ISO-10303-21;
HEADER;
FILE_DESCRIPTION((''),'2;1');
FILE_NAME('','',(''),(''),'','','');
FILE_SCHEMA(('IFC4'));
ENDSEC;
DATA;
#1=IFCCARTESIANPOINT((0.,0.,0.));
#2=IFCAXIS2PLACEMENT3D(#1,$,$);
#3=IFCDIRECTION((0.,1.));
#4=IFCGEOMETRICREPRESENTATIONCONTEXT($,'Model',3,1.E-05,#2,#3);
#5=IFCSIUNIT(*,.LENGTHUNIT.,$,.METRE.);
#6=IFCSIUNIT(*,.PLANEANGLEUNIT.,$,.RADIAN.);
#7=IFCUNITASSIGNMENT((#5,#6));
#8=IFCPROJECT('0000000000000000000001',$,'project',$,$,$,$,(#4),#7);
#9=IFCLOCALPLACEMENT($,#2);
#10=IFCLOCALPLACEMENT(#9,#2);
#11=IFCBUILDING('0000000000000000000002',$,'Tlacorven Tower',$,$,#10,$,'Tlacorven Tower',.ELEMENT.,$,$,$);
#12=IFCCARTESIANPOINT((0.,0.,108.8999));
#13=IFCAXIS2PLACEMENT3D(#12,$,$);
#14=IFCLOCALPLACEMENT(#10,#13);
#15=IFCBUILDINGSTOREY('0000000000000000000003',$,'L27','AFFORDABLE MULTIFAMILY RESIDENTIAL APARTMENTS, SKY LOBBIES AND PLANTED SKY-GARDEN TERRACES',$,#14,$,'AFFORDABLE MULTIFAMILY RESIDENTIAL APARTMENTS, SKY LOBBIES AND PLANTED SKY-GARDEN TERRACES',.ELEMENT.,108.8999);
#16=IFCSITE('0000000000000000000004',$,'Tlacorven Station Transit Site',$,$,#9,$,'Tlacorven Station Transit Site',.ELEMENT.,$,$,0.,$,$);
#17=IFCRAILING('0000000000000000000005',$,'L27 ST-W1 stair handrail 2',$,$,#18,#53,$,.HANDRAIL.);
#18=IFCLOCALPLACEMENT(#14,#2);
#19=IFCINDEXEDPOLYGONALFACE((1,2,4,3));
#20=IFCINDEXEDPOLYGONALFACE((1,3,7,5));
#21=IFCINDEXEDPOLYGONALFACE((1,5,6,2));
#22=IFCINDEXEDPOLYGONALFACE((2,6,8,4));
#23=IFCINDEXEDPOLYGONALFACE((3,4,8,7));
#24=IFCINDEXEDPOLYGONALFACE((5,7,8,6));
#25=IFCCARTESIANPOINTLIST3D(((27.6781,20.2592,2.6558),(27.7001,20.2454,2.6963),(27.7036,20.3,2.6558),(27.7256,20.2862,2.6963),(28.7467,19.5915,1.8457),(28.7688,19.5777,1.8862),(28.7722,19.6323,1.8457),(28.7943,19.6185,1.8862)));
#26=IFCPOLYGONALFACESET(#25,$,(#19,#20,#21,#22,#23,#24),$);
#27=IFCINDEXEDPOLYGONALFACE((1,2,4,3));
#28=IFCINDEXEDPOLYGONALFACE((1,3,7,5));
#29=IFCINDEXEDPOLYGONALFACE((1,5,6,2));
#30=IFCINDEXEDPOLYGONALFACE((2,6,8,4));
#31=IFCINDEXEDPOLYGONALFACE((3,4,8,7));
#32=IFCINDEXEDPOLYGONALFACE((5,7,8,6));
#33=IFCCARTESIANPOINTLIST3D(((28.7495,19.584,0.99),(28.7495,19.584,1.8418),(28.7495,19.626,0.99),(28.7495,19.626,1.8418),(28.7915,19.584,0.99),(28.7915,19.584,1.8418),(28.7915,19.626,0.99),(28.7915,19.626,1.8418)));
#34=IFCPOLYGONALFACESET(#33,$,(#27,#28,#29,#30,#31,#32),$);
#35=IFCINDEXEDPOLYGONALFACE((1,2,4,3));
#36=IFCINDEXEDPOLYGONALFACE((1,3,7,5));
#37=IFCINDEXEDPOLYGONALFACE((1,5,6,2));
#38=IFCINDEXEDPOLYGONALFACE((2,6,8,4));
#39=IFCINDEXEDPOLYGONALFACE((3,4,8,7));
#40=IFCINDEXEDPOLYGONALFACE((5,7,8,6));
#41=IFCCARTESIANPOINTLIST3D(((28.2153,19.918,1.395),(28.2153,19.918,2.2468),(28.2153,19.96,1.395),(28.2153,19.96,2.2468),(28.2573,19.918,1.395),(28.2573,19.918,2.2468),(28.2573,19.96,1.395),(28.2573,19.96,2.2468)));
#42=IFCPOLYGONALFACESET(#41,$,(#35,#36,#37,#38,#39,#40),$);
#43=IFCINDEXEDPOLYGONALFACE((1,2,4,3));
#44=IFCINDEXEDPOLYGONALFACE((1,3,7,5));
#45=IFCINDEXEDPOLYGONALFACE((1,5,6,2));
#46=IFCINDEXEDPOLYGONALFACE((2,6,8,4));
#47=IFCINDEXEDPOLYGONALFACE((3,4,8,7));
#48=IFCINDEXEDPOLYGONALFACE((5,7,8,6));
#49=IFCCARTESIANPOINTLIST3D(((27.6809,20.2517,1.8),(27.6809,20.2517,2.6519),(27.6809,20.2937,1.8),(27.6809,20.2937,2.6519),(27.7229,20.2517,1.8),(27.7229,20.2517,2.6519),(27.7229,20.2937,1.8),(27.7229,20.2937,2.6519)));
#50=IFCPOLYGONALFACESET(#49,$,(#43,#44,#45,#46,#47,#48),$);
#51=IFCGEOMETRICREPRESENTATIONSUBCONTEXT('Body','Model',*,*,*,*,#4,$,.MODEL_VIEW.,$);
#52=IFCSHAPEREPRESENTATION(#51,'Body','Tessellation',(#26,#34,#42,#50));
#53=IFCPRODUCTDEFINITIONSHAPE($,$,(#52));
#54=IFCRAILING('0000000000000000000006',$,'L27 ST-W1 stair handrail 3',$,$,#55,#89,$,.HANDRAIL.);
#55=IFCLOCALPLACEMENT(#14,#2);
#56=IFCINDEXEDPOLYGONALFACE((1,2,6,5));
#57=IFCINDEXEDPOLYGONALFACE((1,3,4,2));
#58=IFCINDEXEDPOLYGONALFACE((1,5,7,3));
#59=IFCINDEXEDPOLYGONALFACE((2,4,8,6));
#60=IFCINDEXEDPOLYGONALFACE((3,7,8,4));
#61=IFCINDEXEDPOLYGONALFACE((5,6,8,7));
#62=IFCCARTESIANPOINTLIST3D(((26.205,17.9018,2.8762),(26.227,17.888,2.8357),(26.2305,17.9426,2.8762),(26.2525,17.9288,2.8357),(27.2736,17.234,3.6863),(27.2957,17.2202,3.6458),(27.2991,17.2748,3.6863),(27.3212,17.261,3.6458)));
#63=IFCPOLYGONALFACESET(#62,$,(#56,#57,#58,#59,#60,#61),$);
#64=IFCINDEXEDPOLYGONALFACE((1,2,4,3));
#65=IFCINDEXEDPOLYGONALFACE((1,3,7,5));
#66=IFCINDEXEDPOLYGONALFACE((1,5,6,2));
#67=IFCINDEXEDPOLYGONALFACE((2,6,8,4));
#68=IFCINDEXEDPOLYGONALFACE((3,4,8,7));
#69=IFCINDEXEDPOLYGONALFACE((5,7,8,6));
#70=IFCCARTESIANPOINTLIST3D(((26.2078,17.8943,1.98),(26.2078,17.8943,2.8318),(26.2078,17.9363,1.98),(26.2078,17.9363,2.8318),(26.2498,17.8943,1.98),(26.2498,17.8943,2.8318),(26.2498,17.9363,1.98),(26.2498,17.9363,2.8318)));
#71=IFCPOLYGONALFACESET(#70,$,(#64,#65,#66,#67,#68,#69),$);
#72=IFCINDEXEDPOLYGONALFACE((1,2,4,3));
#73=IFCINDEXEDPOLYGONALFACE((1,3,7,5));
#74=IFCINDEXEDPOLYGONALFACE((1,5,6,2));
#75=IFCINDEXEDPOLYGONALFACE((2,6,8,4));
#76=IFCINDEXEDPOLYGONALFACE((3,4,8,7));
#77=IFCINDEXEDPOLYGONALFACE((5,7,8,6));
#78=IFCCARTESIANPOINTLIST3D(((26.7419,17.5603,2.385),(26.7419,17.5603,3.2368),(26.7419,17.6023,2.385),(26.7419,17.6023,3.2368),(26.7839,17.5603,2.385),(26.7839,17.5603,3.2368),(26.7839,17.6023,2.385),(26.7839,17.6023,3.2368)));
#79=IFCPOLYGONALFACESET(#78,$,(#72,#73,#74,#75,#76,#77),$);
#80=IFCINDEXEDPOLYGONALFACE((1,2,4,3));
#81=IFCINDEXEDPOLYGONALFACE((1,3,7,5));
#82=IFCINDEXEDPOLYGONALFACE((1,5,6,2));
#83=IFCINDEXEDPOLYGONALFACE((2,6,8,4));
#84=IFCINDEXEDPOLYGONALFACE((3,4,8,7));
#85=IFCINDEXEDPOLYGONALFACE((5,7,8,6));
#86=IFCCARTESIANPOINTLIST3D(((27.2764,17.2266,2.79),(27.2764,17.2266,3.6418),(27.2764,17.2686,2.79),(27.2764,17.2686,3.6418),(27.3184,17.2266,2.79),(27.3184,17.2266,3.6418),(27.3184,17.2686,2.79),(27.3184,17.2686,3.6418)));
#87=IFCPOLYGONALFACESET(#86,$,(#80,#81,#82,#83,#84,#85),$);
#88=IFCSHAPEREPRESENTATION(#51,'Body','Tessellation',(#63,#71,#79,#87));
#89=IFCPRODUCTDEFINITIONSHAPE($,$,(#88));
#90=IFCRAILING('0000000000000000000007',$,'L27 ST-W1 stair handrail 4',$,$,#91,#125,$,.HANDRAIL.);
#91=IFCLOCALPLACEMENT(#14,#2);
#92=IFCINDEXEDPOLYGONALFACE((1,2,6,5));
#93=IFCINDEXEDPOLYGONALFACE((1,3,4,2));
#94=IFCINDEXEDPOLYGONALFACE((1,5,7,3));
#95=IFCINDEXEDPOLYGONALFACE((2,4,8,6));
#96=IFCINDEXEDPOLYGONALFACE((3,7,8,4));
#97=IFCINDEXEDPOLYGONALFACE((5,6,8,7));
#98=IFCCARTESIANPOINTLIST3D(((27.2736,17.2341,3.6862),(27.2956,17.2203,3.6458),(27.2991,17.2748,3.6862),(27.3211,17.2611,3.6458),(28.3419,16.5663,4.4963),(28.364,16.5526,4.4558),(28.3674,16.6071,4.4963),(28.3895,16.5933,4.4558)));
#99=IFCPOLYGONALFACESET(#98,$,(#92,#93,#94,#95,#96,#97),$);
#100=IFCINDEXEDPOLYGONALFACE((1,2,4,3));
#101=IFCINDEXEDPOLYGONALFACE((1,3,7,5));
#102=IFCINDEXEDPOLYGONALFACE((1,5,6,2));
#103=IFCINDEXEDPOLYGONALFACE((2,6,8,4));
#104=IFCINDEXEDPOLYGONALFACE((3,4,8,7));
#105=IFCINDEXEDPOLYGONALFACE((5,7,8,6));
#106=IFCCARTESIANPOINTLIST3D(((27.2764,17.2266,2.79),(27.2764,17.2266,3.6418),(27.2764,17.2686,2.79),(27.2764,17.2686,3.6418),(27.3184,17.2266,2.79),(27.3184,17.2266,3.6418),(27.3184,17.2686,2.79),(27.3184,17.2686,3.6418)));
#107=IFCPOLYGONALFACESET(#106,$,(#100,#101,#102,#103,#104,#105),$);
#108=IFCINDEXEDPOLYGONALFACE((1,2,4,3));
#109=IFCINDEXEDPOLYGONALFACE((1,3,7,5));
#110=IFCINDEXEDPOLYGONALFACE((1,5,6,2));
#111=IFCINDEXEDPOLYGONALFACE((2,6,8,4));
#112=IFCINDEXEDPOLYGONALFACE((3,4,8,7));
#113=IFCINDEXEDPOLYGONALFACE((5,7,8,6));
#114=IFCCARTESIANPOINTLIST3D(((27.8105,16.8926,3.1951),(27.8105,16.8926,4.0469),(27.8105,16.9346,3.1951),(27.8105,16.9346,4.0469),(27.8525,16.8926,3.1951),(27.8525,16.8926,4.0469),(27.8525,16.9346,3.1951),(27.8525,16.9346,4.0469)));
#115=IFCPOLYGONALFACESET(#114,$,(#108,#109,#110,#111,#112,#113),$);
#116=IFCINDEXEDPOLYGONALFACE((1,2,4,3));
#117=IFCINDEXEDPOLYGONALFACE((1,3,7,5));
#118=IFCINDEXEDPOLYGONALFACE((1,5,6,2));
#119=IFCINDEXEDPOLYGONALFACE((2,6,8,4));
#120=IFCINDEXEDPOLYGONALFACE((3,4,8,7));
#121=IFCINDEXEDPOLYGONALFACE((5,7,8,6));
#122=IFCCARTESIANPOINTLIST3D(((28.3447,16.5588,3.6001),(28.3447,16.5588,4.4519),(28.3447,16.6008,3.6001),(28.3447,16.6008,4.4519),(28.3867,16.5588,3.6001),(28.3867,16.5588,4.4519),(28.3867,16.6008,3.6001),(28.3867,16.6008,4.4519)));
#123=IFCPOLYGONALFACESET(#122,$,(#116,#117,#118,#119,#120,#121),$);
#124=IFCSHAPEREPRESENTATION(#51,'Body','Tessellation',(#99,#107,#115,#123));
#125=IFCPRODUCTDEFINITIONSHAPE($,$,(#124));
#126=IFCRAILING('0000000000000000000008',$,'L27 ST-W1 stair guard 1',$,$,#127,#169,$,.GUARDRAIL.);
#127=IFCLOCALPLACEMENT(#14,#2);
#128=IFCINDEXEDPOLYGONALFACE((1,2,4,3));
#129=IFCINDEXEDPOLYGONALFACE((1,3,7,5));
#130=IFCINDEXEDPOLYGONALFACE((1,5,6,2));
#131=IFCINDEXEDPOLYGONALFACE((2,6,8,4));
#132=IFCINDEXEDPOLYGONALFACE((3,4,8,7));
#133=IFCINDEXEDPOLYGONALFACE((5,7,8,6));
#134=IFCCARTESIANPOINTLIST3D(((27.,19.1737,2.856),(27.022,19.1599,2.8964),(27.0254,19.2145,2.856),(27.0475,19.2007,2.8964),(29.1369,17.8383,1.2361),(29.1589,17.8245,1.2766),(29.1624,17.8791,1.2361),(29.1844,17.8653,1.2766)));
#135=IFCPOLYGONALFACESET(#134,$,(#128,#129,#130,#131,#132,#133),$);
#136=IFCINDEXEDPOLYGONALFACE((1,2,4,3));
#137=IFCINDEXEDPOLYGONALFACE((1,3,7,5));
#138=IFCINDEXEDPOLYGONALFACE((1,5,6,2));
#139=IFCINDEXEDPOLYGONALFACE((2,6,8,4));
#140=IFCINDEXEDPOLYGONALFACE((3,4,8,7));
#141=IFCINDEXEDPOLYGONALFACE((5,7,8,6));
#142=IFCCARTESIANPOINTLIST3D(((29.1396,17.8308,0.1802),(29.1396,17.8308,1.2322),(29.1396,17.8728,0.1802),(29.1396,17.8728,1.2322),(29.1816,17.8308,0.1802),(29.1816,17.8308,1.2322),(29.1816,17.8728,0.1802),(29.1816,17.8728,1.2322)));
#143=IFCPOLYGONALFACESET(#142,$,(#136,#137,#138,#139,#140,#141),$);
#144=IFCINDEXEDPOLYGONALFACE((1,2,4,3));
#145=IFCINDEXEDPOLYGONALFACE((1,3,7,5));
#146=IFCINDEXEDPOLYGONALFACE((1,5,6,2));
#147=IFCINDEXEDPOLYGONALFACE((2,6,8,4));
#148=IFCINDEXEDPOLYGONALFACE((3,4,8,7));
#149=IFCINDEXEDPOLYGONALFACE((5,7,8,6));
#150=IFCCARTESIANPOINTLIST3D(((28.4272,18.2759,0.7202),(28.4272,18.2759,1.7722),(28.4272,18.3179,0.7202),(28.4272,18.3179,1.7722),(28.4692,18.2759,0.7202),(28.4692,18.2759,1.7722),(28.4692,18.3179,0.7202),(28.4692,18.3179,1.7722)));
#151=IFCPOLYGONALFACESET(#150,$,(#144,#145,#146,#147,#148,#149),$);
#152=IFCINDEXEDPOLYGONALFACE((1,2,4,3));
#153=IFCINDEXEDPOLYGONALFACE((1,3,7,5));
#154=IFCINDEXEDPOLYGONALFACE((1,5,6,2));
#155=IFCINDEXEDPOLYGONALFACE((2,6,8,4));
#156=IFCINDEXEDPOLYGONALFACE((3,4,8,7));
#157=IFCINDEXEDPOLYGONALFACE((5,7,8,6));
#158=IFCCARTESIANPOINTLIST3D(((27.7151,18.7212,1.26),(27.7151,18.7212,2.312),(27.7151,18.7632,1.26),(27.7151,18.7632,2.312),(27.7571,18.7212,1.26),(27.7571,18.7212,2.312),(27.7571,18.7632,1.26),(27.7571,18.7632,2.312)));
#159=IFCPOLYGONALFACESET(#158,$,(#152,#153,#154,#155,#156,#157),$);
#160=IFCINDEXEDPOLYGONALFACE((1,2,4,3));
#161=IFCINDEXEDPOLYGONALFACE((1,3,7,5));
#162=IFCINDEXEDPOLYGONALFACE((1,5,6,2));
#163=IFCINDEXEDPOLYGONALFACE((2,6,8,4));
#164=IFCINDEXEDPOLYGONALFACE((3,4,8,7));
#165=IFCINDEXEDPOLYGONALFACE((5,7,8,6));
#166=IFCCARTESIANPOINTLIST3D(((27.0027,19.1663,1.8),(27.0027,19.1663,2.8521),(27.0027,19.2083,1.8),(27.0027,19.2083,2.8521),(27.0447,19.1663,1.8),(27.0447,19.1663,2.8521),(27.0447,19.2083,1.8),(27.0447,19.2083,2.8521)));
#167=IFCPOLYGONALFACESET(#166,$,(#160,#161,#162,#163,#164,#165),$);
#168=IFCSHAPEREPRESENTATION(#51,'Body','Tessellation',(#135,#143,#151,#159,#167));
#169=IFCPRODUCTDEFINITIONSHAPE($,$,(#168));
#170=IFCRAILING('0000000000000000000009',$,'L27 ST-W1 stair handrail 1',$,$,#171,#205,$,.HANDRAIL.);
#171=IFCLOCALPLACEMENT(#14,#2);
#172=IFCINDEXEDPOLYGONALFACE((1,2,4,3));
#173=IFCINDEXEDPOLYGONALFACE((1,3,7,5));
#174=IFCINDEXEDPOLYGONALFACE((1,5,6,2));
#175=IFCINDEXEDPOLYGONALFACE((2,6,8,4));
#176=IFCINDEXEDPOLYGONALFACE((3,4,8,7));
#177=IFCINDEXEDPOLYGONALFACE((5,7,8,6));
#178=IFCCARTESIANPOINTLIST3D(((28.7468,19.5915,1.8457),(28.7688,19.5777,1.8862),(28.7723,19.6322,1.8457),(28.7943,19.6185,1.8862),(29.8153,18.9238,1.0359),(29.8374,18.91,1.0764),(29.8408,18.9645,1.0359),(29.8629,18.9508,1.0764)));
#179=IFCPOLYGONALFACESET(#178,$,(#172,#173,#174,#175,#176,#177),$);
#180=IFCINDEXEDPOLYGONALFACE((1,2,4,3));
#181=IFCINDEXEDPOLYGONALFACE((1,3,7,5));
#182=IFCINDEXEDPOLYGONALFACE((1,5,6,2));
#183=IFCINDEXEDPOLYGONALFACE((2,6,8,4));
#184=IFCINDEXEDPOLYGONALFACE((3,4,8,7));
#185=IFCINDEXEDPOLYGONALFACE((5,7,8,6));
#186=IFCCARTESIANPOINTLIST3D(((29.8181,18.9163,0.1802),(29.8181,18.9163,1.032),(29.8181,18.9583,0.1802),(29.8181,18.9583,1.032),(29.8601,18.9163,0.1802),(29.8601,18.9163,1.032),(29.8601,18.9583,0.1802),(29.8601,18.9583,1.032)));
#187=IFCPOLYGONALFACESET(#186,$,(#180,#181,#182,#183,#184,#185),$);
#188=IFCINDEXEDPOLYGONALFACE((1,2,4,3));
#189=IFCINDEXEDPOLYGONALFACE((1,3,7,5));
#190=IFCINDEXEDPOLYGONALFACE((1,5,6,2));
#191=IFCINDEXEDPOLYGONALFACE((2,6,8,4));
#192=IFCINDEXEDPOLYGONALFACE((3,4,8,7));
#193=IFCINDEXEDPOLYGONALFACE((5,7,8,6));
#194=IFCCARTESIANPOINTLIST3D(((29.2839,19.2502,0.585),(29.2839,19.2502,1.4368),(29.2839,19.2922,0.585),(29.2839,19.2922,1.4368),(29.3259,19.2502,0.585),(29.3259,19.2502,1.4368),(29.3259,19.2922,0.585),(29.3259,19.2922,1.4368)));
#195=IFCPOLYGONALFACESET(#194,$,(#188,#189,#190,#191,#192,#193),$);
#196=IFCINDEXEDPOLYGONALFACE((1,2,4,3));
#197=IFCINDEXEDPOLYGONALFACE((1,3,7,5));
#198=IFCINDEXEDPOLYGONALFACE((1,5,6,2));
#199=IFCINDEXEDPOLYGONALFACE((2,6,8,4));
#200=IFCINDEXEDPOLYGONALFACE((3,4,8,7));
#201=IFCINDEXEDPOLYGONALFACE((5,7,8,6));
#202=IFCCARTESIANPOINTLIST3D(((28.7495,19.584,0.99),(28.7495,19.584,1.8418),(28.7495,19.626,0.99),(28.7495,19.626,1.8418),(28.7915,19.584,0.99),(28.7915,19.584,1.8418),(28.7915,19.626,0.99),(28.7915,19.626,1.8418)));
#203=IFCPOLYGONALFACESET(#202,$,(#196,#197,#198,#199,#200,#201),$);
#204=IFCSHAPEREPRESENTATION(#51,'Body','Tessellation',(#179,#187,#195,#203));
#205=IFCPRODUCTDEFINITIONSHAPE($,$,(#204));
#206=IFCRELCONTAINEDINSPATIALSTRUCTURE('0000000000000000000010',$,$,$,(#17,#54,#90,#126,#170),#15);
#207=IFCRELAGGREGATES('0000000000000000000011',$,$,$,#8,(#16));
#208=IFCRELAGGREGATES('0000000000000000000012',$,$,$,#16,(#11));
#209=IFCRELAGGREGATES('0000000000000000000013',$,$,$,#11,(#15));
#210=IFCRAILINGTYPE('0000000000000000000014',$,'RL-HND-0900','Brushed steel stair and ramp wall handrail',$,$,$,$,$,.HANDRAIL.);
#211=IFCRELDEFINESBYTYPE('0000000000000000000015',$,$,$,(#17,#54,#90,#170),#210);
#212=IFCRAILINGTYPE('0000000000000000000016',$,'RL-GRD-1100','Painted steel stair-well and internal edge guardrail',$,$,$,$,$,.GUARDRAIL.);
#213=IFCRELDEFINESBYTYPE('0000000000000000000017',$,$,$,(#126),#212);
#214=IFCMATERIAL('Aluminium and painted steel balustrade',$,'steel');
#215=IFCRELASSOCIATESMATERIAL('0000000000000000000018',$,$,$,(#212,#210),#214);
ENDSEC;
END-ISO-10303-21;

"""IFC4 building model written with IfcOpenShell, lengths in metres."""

from ifc_helpers import new_model, si_unit, direction, frame, origin, origin_2d, place, context, subcontext, project, spatial, rectangle, extrude, source, transform, mapped, material, type_object, element, save


model = new_model("IFC4")

# Units and contexts
model_context = context("Model", 3, precision=1e-05, world=origin(), true_north=direction((0.0, 1.0)))
body_context = subcontext(model_context, "Body", "Model", "MODEL_VIEW")
ifc_project = project(units=[si_unit("LENGTHUNIT", "METRE"), si_unit("PLANEANGLEUNIT", "RADIAN")], contexts=[model_context])

# Site, building, storey
site_placement = place(None, origin())
site = spatial("IfcSite", under=ifc_project, at=site_placement, Name="Tlacorven Station Transit Site", LongName="Tlacorven Station Transit Site", CompositionType="ELEMENT", RefElevation=0.0)
building_placement = place(site_placement, origin())
building = spatial("IfcBuilding", under=site, at=building_placement, Name="Tlacorven Tower", LongName="Tlacorven Tower", CompositionType="ELEMENT")
storey_placement = place(building_placement, frame((0.0, 0.0, 108.8999)))
storey = spatial("IfcBuildingStorey", under=building, at=storey_placement, Name="L27", Description="AFFORDABLE MULTIFAMILY RESIDENTIAL APARTMENTS, SKY LOBBIES AND PLANTED SKY-GARDEN TERRACES", LongName="AFFORDABLE MULTIFAMILY RESIDENTIAL APARTMENTS, SKY LOBBIES AND PLANTED SKY-GARDEN TERRACES", CompositionType="ELEMENT", Elevation=108.8999)

# Railings
ifc_material_1 = material(Name="Aluminium and painted steel balustrade", Category="steel")
railing_type_1 = type_object("IfcRailingType", Name="RL-GRD-1100", Description="Painted steel stair-well and internal edge guardrail", PredefinedType="GUARDRAIL", material=ifc_material_1)
railing_type_2 = type_object("IfcRailingType", Name="RL-HND-0900", Description="Brushed steel stair and ramp wall handrail", PredefinedType="HANDRAIL", material=ifc_material_1)
shared_shape_1 = source(origin(), body_context, "Body", "SweptSolid", [
    extrude(rectangle(XDim=0.0481, YDim=0.0481, at=origin_2d()), frame((0.0, 0.0, 0.876), z_axis=(-0.71336, 0.445748, 0.540765), x_axis=(-0.529912, -0.848053, 0.0)), (0.0, 0.0, 1.0), 1.498),
    extrude(rectangle(XDim=0.042, YDim=0.042, at=origin_2d()), origin(), (0.0, 0.0, 1.0), 0.8518),
    extrude(rectangle(XDim=0.042, YDim=0.042, at=origin_2d()), frame((-0.5342, 0.334, 0.405)), (0.0, 0.0, 1.0), 0.8518),
    extrude(rectangle(XDim=0.042, YDim=0.042, at=origin_2d()), frame((-1.0686, 0.6677, 0.8101)), (0.0, 0.0, 1.0), 0.8518),
])
railing_1_placement = place(storey_placement, frame((28.7705, 19.605, 0.99)))
element("IfcRailing", 1, at=railing_1_placement, inside=storey, type_object=railing_type_2, Name="L27 ST-W1 stair handrail 2", PredefinedType="HANDRAIL", context=body_context, shape_type="MappedRepresentation", body=[
    mapped(shared_shape_1, transform((0.0, 0.0, 0.0), scale=1.0)),
])
shared_shape_2 = source(origin(), body_context, "Body", "SweptSolid", [
    extrude(rectangle(XDim=0.0481, YDim=0.0481, at=origin_2d()), frame((0.0, 0.0, 0.876), z_axis=(0.71336, -0.445748, 0.540765), x_axis=(0.529912, 0.848053, 0.0)), (0.0, 0.0, 1.0), 1.498),
    extrude(rectangle(XDim=0.042, YDim=0.042, at=origin_2d()), origin(), (0.0, 0.0, 1.0), 0.8518),
    extrude(rectangle(XDim=0.042, YDim=0.042, at=origin_2d()), frame((0.5342, -0.334, 0.405)), (0.0, 0.0, 1.0), 0.8518),
    extrude(rectangle(XDim=0.042, YDim=0.042, at=origin_2d()), frame((1.0686, -0.6677, 0.8101)), (0.0, 0.0, 1.0), 0.8518),
])
railing_2_placement = place(storey_placement, frame((26.2288, 17.9153, 1.98)))
element("IfcRailing", 2, at=railing_2_placement, inside=storey, type_object=railing_type_2, Name="L27 ST-W1 stair handrail 3", PredefinedType="HANDRAIL", context=body_context, shape_type="MappedRepresentation", body=[
    mapped(shared_shape_2, transform((0.0, 0.0, 0.0), scale=1.0)),
])
shared_shape_3 = source(origin(), body_context, "Body", "SweptSolid", [
    extrude(rectangle(XDim=0.0481, YDim=0.0481, at=origin_2d()), frame((0.0, 0.0, 0.876), z_axis=(0.71328, -0.4458, 0.540828), x_axis=(0.529999, 0.847998, 0.0)), (0.0, 0.0, 1.0), 1.4978),
    extrude(rectangle(XDim=0.042, YDim=0.042, at=origin_2d()), origin(), (0.0, 0.0, 1.0), 0.8518),
    extrude(rectangle(XDim=0.042, YDim=0.042, at=origin_2d()), frame((0.5342, -0.334, 0.405)), (0.0, 0.0, 1.0), 0.8518),
    extrude(rectangle(XDim=0.042, YDim=0.042, at=origin_2d()), frame((1.0684, -0.6677, 0.8101)), (0.0, 0.0, 1.0), 0.8518),
])
railing_3_placement = place(storey_placement, frame((27.2974, 17.2476, 2.79)))
element("IfcRailing", 3, at=railing_3_placement, inside=storey, type_object=railing_type_2, Name="L27 ST-W1 stair handrail 4", PredefinedType="HANDRAIL", context=body_context, shape_type="MappedRepresentation", body=[
    mapped(shared_shape_3, transform((0.0, 0.0, 0.0), scale=1.0)),
])
shared_shape_4 = source(origin(), body_context, "Body", "SweptSolid", [
    extrude(rectangle(XDim=0.0481, YDim=0.0481, at=origin_2d()), frame((0.0, 0.0, 1.0762), z_axis=(-0.713351, 0.445794, 0.540739), x_axis=(-0.529955, -0.848026, 0.0)), (0.0, 0.0, 1.0), 2.9956),
    extrude(rectangle(XDim=0.042, YDim=0.042, at=origin_2d()), origin(), (0.0, 0.0, 1.0), 1.052),
    extrude(rectangle(XDim=0.042, YDim=0.042, at=origin_2d()), frame((-0.7124, 0.4451, 0.54)), (0.0, 0.0, 1.0), 1.052),
    extrude(rectangle(XDim=0.042, YDim=0.042, at=origin_2d()), frame((-1.4246, 0.8904, 1.0798)), (0.0, 0.0, 1.0), 1.052),
    extrude(rectangle(XDim=0.042, YDim=0.042, at=origin_2d()), frame((-2.137, 1.3354, 1.6199)), (0.0, 0.0, 1.0), 1.052),
])
railing_4_placement = place(storey_placement, frame((29.1606, 17.8518, 0.1802)))
element("IfcRailing", 4, at=railing_4_placement, inside=storey, type_object=railing_type_1, Name="L27 ST-W1 stair guard 1", PredefinedType="GUARDRAIL", context=body_context, shape_type="MappedRepresentation", body=[
    mapped(shared_shape_4, transform((0.0, 0.0, 0.0), scale=1.0)),
])
shared_shape_5 = source(origin(), body_context, "Body", "SweptSolid", [
    extrude(rectangle(XDim=0.0481, YDim=0.0481, at=origin_2d()), frame((0.0, 0.0, 0.876), z_axis=(-0.713423, 0.445787, 0.540649), x_axis=(-0.529912, -0.848053, 0.0)), (0.0, 0.0, 1.0), 1.4978),
    extrude(rectangle(XDim=0.042, YDim=0.042, at=origin_2d()), origin(), (0.0, 0.0, 1.0), 0.8518),
    extrude(rectangle(XDim=0.042, YDim=0.042, at=origin_2d()), frame((-0.5342, 0.334, 0.4048)), (0.0, 0.0, 1.0), 0.8518),
    extrude(rectangle(XDim=0.042, YDim=0.042, at=origin_2d()), frame((-1.0686, 0.6677, 0.8098)), (0.0, 0.0, 1.0), 0.8518),
])
railing_5_placement = place(storey_placement, frame((29.8391, 18.9373, 0.1802)))
element("IfcRailing", 5, at=railing_5_placement, inside=storey, type_object=railing_type_2, Name="L27 ST-W1 stair handrail 1", PredefinedType="HANDRAIL", context=body_context, shape_type="MappedRepresentation", body=[
    mapped(shared_shape_5, transform((0.0, 0.0, 0.0), scale=1.0)),
])

save(model, "model.ifc")
